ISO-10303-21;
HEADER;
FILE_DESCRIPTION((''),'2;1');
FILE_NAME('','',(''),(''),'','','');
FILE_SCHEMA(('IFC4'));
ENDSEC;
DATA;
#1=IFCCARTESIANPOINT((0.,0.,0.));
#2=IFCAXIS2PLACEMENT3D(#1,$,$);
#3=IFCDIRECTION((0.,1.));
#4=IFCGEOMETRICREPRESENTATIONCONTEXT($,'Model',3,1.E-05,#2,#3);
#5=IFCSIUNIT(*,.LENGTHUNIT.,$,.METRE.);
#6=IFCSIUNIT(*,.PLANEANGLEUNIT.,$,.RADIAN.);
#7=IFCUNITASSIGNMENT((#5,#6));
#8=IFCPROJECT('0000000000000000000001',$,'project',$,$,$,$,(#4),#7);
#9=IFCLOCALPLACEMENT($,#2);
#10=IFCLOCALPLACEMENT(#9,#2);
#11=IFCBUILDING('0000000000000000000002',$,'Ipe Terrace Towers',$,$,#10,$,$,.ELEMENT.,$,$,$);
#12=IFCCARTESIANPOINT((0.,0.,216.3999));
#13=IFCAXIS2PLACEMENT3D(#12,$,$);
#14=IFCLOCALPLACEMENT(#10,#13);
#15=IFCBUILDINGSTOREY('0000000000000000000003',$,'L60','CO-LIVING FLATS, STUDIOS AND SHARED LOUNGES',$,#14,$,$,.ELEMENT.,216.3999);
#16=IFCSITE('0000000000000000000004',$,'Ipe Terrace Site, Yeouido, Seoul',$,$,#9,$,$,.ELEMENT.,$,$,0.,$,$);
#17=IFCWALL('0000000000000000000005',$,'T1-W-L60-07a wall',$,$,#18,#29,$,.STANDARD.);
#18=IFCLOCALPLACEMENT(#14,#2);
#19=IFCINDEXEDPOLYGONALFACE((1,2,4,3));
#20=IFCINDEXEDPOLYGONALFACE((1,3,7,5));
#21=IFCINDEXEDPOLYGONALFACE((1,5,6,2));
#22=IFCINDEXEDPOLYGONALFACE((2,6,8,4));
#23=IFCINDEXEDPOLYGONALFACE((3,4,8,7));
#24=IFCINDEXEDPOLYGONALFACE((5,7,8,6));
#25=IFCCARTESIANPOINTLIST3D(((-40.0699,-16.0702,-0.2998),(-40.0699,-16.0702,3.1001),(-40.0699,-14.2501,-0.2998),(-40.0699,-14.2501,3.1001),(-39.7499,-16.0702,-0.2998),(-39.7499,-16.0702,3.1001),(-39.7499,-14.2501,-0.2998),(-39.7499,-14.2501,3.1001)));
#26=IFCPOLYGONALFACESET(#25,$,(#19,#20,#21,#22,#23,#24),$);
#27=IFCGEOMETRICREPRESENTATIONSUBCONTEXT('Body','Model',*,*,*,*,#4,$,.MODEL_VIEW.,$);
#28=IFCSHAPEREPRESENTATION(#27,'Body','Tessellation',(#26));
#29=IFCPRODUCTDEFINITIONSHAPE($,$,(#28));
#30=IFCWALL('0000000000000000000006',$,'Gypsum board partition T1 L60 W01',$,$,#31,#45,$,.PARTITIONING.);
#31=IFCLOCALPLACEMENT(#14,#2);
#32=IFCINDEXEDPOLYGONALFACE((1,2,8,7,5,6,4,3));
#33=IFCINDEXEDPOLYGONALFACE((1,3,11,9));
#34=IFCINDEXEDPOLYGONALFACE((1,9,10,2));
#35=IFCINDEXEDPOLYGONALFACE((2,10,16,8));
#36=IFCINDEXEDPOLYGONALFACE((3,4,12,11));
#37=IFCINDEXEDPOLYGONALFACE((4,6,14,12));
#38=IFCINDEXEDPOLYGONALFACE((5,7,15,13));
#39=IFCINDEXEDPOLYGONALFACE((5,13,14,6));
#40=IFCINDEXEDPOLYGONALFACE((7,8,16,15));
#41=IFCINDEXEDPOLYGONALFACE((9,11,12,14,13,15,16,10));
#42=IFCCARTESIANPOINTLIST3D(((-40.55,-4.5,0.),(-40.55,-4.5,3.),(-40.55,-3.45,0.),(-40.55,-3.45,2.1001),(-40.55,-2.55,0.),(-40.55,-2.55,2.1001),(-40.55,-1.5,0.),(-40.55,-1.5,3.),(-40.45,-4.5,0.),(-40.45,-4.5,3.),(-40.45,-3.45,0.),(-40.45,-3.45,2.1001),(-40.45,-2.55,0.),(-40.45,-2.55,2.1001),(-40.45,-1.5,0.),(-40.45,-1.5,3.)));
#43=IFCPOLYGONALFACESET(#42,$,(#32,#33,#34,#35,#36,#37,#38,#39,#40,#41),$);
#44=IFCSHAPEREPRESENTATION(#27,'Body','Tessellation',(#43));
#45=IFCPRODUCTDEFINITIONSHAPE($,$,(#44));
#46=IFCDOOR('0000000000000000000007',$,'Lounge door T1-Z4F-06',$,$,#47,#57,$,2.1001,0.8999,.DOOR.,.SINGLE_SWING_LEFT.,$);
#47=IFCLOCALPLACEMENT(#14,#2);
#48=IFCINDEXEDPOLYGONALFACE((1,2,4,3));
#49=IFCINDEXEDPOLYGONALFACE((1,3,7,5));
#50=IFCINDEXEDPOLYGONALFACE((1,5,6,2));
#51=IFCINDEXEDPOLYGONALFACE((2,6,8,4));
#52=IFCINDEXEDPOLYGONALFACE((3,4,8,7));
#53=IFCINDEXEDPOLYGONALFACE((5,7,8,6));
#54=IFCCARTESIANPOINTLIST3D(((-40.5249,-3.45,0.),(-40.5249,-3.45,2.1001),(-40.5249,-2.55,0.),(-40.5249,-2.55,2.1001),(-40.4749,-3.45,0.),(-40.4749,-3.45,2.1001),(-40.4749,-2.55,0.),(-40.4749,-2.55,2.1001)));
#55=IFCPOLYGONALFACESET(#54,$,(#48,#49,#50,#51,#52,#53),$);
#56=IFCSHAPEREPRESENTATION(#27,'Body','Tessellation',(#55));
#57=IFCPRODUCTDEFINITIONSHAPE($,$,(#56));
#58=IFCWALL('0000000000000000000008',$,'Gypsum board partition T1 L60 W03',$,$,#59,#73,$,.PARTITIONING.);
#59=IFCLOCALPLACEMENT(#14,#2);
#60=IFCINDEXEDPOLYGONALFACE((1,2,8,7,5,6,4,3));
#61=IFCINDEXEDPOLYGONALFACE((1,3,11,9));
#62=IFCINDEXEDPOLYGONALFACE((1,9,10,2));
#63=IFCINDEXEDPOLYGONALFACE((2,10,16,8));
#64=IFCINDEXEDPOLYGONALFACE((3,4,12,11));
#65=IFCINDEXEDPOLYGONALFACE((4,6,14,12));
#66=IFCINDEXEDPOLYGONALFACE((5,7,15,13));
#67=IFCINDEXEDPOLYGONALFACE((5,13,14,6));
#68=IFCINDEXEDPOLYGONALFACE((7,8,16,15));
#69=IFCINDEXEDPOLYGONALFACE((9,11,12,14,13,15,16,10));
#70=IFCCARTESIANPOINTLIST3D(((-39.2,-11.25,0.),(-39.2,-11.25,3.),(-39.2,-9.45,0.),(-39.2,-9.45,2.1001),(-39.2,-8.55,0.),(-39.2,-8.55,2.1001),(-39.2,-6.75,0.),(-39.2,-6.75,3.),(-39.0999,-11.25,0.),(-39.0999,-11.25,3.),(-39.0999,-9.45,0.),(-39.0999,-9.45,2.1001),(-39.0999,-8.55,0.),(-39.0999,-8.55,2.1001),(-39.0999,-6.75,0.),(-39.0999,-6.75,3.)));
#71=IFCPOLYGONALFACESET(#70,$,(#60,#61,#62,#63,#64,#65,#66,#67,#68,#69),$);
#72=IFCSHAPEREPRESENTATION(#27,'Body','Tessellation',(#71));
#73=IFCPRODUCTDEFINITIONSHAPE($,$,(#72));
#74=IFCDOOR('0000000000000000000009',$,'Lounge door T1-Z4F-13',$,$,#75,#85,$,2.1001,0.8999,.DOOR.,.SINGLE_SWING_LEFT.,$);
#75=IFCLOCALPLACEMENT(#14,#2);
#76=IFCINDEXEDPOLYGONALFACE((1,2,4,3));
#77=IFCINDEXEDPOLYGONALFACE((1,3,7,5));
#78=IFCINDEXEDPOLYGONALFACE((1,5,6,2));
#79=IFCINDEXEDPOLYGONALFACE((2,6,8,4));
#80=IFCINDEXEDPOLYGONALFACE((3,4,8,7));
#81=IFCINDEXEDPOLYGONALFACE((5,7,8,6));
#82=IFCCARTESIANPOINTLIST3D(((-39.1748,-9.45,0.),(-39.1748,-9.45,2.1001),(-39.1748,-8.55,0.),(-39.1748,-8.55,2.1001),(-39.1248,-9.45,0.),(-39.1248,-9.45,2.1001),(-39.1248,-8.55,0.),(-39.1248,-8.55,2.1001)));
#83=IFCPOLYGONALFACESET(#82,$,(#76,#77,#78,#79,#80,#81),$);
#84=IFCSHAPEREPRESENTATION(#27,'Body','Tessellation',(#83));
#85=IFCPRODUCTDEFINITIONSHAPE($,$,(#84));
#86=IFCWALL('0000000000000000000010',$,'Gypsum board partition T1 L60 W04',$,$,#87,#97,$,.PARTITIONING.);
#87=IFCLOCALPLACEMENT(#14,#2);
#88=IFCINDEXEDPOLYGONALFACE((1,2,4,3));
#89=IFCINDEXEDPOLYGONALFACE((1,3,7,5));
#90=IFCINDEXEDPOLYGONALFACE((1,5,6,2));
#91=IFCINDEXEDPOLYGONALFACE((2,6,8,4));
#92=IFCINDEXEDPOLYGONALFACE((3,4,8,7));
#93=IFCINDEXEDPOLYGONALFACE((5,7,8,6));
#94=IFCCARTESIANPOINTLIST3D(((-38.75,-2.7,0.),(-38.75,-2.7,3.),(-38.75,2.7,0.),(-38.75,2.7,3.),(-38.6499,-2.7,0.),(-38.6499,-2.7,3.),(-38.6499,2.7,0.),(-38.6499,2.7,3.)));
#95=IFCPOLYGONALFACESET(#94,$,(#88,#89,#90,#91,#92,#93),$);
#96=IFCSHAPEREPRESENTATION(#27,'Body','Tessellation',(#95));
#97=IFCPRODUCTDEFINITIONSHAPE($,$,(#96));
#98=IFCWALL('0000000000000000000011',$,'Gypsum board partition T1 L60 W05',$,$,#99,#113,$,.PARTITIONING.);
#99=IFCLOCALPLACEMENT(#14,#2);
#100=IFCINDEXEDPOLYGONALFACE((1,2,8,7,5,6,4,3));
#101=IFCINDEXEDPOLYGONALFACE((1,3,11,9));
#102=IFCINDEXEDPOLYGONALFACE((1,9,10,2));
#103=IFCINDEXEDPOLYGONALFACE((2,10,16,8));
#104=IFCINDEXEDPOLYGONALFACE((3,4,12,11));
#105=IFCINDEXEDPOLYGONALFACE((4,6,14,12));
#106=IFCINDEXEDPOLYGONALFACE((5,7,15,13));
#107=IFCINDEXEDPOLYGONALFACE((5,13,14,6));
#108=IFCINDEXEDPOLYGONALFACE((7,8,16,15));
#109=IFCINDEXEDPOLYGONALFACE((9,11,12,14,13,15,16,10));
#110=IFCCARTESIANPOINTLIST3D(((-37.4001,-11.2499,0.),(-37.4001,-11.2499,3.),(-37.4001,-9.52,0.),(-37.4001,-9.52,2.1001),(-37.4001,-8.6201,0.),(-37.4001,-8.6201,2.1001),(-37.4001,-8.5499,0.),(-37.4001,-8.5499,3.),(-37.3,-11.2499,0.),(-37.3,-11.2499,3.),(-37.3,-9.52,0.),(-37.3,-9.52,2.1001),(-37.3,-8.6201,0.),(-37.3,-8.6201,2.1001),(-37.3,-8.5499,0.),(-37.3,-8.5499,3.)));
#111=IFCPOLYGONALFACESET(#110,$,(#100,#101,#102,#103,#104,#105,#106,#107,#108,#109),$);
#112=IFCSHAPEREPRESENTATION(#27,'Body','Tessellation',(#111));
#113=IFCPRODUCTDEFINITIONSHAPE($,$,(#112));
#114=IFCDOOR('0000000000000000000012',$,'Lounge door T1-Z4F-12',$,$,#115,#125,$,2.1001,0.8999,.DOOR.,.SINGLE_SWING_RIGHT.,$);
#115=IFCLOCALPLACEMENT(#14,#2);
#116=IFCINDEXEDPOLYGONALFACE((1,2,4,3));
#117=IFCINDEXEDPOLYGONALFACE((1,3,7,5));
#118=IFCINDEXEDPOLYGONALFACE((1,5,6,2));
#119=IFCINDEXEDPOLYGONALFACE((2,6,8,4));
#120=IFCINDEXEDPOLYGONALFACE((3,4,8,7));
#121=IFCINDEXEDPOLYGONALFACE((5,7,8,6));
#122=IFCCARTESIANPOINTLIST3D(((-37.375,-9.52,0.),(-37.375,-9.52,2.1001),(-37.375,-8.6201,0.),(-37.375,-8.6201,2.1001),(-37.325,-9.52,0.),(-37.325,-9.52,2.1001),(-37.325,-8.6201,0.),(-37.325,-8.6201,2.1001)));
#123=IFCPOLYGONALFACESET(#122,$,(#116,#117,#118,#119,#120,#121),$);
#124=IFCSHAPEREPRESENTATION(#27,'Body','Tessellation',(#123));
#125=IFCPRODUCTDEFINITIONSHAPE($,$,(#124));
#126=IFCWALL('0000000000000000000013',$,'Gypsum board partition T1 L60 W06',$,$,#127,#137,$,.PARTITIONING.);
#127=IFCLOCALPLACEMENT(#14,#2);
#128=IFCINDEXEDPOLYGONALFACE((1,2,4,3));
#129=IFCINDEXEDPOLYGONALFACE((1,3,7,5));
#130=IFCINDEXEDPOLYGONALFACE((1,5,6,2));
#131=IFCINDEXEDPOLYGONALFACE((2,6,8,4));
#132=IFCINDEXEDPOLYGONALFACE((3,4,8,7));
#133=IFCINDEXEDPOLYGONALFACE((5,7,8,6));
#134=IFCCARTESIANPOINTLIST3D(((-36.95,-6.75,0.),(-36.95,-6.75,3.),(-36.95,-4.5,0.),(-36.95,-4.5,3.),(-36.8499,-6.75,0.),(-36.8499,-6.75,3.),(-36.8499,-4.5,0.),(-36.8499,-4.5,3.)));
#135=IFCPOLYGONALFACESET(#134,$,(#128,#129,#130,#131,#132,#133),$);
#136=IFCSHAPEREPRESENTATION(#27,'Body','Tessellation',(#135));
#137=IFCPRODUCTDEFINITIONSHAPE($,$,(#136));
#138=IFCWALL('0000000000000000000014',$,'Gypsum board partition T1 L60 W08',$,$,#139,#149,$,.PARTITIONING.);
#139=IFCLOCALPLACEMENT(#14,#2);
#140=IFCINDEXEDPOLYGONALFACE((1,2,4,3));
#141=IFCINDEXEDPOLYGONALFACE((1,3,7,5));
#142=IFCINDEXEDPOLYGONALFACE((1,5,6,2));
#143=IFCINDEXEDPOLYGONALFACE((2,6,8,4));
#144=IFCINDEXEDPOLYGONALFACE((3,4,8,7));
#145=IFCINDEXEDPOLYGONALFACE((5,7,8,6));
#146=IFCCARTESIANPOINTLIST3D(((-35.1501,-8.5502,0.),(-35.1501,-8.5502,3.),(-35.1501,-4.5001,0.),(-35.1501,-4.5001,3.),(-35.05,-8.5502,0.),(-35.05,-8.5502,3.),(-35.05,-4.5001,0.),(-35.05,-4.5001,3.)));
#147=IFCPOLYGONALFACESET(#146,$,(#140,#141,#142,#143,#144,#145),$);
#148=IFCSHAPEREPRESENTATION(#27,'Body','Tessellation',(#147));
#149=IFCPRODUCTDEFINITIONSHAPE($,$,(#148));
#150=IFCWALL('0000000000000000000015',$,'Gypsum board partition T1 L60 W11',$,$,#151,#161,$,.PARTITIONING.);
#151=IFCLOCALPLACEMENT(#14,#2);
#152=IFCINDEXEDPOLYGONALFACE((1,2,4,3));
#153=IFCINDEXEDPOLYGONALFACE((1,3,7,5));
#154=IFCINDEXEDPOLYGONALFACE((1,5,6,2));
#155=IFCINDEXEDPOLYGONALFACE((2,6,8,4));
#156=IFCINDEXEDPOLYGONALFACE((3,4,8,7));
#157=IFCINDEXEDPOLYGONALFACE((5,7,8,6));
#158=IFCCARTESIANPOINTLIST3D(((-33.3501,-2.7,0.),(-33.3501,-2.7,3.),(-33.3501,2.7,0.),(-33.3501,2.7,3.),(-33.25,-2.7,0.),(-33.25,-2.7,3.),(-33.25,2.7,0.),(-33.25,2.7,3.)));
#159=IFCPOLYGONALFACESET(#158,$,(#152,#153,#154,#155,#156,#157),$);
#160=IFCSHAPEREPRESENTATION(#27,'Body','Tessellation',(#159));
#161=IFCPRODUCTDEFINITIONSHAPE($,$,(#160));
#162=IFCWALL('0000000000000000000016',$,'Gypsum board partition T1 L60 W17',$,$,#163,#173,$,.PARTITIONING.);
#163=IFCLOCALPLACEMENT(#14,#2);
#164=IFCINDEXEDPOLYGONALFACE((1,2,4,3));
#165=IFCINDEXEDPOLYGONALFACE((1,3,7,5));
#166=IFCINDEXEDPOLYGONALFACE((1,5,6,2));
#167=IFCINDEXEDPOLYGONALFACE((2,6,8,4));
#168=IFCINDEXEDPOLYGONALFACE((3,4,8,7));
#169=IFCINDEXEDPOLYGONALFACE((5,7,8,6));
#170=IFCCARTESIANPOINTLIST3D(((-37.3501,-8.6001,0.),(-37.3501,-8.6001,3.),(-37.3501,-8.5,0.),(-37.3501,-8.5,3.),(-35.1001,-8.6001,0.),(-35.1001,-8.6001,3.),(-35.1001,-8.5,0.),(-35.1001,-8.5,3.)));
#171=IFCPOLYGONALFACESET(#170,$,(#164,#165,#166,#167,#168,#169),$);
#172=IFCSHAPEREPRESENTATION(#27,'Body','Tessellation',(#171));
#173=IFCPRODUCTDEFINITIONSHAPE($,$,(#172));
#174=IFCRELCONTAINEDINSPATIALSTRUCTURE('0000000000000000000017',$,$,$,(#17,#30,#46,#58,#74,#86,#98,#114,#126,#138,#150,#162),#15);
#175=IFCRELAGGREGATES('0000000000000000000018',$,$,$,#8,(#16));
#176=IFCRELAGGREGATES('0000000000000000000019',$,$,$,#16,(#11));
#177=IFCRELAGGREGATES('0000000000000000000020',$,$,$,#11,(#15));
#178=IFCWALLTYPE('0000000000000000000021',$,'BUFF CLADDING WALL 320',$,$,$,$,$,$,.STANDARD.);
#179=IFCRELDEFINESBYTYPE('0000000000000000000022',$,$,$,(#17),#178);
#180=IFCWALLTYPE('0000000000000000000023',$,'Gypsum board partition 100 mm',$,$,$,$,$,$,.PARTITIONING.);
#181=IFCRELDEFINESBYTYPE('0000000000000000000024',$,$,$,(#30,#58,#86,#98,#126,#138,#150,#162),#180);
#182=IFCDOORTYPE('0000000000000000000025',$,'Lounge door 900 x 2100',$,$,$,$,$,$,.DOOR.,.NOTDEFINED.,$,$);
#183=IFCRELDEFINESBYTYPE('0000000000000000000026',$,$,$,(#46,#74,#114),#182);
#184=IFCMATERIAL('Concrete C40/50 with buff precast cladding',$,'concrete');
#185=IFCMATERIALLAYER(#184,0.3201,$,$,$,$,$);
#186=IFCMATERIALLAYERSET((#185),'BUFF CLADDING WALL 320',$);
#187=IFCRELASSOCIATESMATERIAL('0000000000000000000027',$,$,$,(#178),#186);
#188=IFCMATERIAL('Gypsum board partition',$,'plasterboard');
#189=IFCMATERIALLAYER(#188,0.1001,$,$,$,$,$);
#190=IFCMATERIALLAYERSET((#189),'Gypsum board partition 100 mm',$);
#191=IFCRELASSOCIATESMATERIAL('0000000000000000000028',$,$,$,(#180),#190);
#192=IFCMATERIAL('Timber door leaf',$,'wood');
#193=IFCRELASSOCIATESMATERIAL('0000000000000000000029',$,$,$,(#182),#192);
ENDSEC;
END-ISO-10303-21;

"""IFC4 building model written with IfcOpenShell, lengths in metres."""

from ifc_helpers import new_model, si_unit, direction, frame, frame_2d, origin, place, context, subcontext, project, spatial, rectangle, extrude, material, layer, layer_set, type_object, element, fill, save


model = new_model("IFC4")

# Units and contexts
model_context = context("Model", 3, precision=1e-05, world=origin(), true_north=direction((0.0, 1.0)))
body_context = subcontext(model_context, "Body", "Model", "MODEL_VIEW")
ifc_project = project(units=[si_unit("LENGTHUNIT", "METRE"), si_unit("PLANEANGLEUNIT", "RADIAN")], contexts=[model_context])

# Site, building, storey
site_placement = place(None, origin())
site = spatial("IfcSite", under=ifc_project, at=site_placement, Name="Ipe Terrace Site, Yeouido, Seoul", CompositionType="ELEMENT", RefElevation=0.0)
building_placement = place(site_placement, origin())
building = spatial("IfcBuilding", under=site, at=building_placement, Name="Ipe Terrace Towers", CompositionType="ELEMENT")
storey_placement = place(building_placement, frame((0.0, 0.0, 216.3999)))
storey = spatial("IfcBuildingStorey", under=building, at=storey_placement, Name="L60", Description="CO-LIVING FLATS, STUDIOS AND SHARED LOUNGES", CompositionType="ELEMENT", Elevation=216.3999)

# Wall
ifc_material_1 = material(Name="Concrete C40/50 with buff precast cladding", Category="concrete")
ifc_layer_1 = layer(ifc_material_1, 0.3201)
ifc_layer_set_1 = layer_set([ifc_layer_1], Name="BUFF CLADDING WALL 320")
wall_type_1 = type_object("IfcWallType", Name="BUFF CLADDING WALL 320", PredefinedType="STANDARD", material=ifc_layer_set_1)
wall_1_placement = place(storey_placement, frame((-39.9099, -14.25, -0.2998), z_axis=(0.0, 0.0, 1.0), x_axis=(0.0, -1.0, 0.0)))
element("IfcWall", 1, at=wall_1_placement, inside=storey, type_object=wall_type_1, Name="T1-W-L60-07a wall", PredefinedType="STANDARD", context=body_context, shape_type="SweptSolid", body=[
    extrude(rectangle(XDim=1.8201, YDim=0.3201, at=frame_2d((0.9102, 0.0))), origin(), (0.0, 0.0, 1.0), 3.3999),
])

# Walls, openings, doors
ifc_material_2 = material(Name="Gypsum board partition", Category="plasterboard")
ifc_layer_2 = layer(ifc_material_2, 0.1001)
ifc_layer_set_2 = layer_set([ifc_layer_2], Name="Gypsum board partition 100 mm")
wall_type_2 = type_object("IfcWallType", Name="Gypsum board partition 100 mm", PredefinedType="PARTITIONING", material=ifc_layer_set_2)
wall_2_placement = place(storey_placement, frame((-40.5, -4.5, 0.0), z_axis=(0.0, 0.0, 1.0), x_axis=(0.0, 1.0, 0.0)))
wall_2 = element("IfcWall", 2, at=wall_2_placement, inside=storey, type_object=wall_type_2, Name="Gypsum board partition T1 L60 W01", PredefinedType="PARTITIONING", context=body_context, shape_type="SweptSolid", body=[
    extrude(rectangle(XDim=3.0, YDim=0.1001, at=frame_2d((1.5, 0.0))), origin(), (0.0, 0.0, 1.0), 3.0),
])
opening_1_placement = place(wall_2_placement, frame((1.05, 0.0, 0.0)))
opening_1 = element("IfcOpeningElement", 3, at=opening_1_placement, cuts=wall_2, PredefinedType="OPENING", context=body_context, shape_type="SweptSolid", body=[
    extrude(rectangle(XDim=0.8999, YDim=2.1001, at=frame_2d((0.45, 1.05))), frame((0.0, 0.0601, 0.0), z_axis=(0.0, -1.0, 0.0), x_axis=(1.0, 0.0, 0.0)), (0.0, 0.0, 1.0), 0.1201),
])
ifc_material_3 = material(Name="Timber door leaf", Category="wood")
door_type = type_object("IfcDoorType", Name="Lounge door 900 x 2100", OperationType="NOTDEFINED", PredefinedType="DOOR", material=ifc_material_3)
door_1_placement = place(opening_1_placement, origin())
door_1 = element("IfcDoor", 4, at=door_1_placement, inside=storey, type_object=door_type, Name="Lounge door T1-Z4F-06", OperationType="SINGLE_SWING_LEFT", OverallHeight=2.1001, OverallWidth=0.8999, PredefinedType="DOOR", context=body_context, shape_type="SweptSolid", body=[
    extrude(rectangle(XDim=0.8999, YDim=2.1001, at=frame_2d((0.45, 1.05))), frame((0.0, 0.0249, 0.0), z_axis=(0.0, -1.0, 0.0), x_axis=(1.0, 0.0, 0.0)), (0.0, 0.0, 1.0), 0.05),
])
fill(opening_1, door_1)
wall_3_placement = place(storey_placement, frame((-39.1499, -11.25, 0.0), z_axis=(0.0, 0.0, 1.0), x_axis=(0.0, 1.0, 0.0)))
wall_3 = element("IfcWall", 5, at=wall_3_placement, inside=storey, type_object=wall_type_2, Name="Gypsum board partition T1 L60 W03", PredefinedType="PARTITIONING", context=body_context, shape_type="SweptSolid", body=[
    extrude(rectangle(XDim=4.5, YDim=0.1001, at=frame_2d((2.25, 0.0))), origin(), (0.0, 0.0, 1.0), 3.0),
])
opening_2_placement = place(wall_3_placement, frame((1.8, 0.0, 0.0)))
opening_2 = element("IfcOpeningElement", 6, at=opening_2_placement, cuts=wall_3, PredefinedType="OPENING", context=body_context, shape_type="SweptSolid", body=[
    extrude(rectangle(XDim=0.8999, YDim=2.1001, at=frame_2d((0.45, 1.05))), frame((0.0, 0.0601, 0.0), z_axis=(0.0, -1.0, 0.0), x_axis=(1.0, 0.0, 0.0)), (0.0, 0.0, 1.0), 0.1201),
])
door_2_placement = place(opening_2_placement, origin())
door_2 = element("IfcDoor", 7, at=door_2_placement, inside=storey, type_object=door_type, Name="Lounge door T1-Z4F-13", OperationType="SINGLE_SWING_LEFT", OverallHeight=2.1001, OverallWidth=0.8999, PredefinedType="DOOR", context=body_context, shape_type="SweptSolid", body=[
    extrude(rectangle(XDim=0.8999, YDim=2.1001, at=frame_2d((0.45, 1.05))), frame((0.0, 0.0249, 0.0), z_axis=(0.0, -1.0, 0.0), x_axis=(1.0, 0.0, 0.0)), (0.0, 0.0, 1.0), 0.05),
])
fill(opening_2, door_2)

# Wall
wall_4_placement = place(storey_placement, frame((-38.7, -2.7, 0.0), z_axis=(0.0, 0.0, 1.0), x_axis=(0.0, 1.0, 0.0)))
element("IfcWall", 8, at=wall_4_placement, inside=storey, type_object=wall_type_2, Name="Gypsum board partition T1 L60 W04", PredefinedType="PARTITIONING", context=body_context, shape_type="SweptSolid", body=[
    extrude(rectangle(XDim=5.3999, YDim=0.1001, at=frame_2d((2.7, 0.0))), origin(), (0.0, 0.0, 1.0), 3.0),
])

# Wall, opening, door
wall_5_placement = place(storey_placement, frame((-37.3501, -11.25, 0.0), z_axis=(0.0, 0.0, 1.0), x_axis=(0.0, 1.0, 0.0)))
wall_5 = element("IfcWall", 9, at=wall_5_placement, inside=storey, type_object=wall_type_2, Name="Gypsum board partition T1 L60 W05", PredefinedType="PARTITIONING", context=body_context, shape_type="SweptSolid", body=[
    extrude(rectangle(XDim=2.7, YDim=0.1001, at=frame_2d((1.3501, 0.0))), origin(), (0.0, 0.0, 1.0), 3.0),
])
opening_3_placement = place(wall_5_placement, frame((1.73, 0.0, 0.0)))
opening_3 = element("IfcOpeningElement", 10, at=opening_3_placement, cuts=wall_5, PredefinedType="OPENING", context=body_context, shape_type="SweptSolid", body=[
    extrude(rectangle(XDim=0.8999, YDim=2.1001, at=frame_2d((0.45, 1.05))), frame((0.0, 0.0601, 0.0), z_axis=(0.0, -1.0, 0.0), x_axis=(1.0, 0.0, 0.0)), (0.0, 0.0, 1.0), 0.1201),
])
door_3_placement = place(opening_3_placement, origin())
door_3 = element("IfcDoor", 11, at=door_3_placement, inside=storey, type_object=door_type, Name="Lounge door T1-Z4F-12", OperationType="SINGLE_SWING_RIGHT", OverallHeight=2.1001, OverallWidth=0.8999, PredefinedType="DOOR", context=body_context, shape_type="SweptSolid", body=[
    extrude(rectangle(XDim=0.8999, YDim=2.1001, at=frame_2d((0.45, 1.05))), frame((0.0, 0.0249, 0.0), z_axis=(0.0, -1.0, 0.0), x_axis=(1.0, 0.0, 0.0)), (0.0, 0.0, 1.0), 0.05),
])
fill(opening_3, door_3)

# Walls
wall_6_placement = place(storey_placement, frame((-36.8999, -6.75, 0.0), z_axis=(0.0, 0.0, 1.0), x_axis=(0.0, 1.0, 0.0)))
element("IfcWall", 12, at=wall_6_placement, inside=storey, type_object=wall_type_2, Name="Gypsum board partition T1 L60 W06", PredefinedType="PARTITIONING", context=body_context, shape_type="SweptSolid", body=[
    extrude(rectangle(XDim=2.25, YDim=0.1001, at=frame_2d((1.125, 0.0))), origin(), (0.0, 0.0, 1.0), 3.0),
])
wall_7_placement = place(storey_placement, frame((-35.1001, -8.55, 0.0), z_axis=(0.0, 0.0, 1.0), x_axis=(0.0, 1.0, 0.0)))
element("IfcWall", 13, at=wall_7_placement, inside=storey, type_object=wall_type_2, Name="Gypsum board partition T1 L60 W08", PredefinedType="PARTITIONING", context=body_context, shape_type="SweptSolid", body=[
    extrude(rectangle(XDim=4.05, YDim=0.1001, at=frame_2d((2.0249, 0.0))), origin(), (0.0, 0.0, 1.0), 3.0),
])
wall_8_placement = place(storey_placement, frame((-33.3, -2.7, 0.0), z_axis=(0.0, 0.0, 1.0), x_axis=(0.0, 1.0, 0.0)))
element("IfcWall", 14, at=wall_8_placement, inside=storey, type_object=wall_type_2, Name="Gypsum board partition T1 L60 W11", PredefinedType="PARTITIONING", context=body_context, shape_type="SweptSolid", body=[
    extrude(rectangle(XDim=5.3999, YDim=0.1001, at=frame_2d((2.7, 0.0))), origin(), (0.0, 0.0, 1.0), 3.0),
])
wall_9_placement = place(storey_placement, frame((-37.3501, -8.55, 0.0), z_axis=(0.0, 0.0, 1.0), x_axis=(1.0, 0.0, 0.0)))
element("IfcWall", 15, at=wall_9_placement, inside=storey, type_object=wall_type_2, Name="Gypsum board partition T1 L60 W17", PredefinedType="PARTITIONING", context=body_context, shape_type="SweptSolid", body=[
    extrude(rectangle(XDim=2.25, YDim=0.1001, at=frame_2d((1.125, 0.0))), origin(), (0.0, 0.0, 1.0), 3.0),
])

save(model, "model.ifc")
